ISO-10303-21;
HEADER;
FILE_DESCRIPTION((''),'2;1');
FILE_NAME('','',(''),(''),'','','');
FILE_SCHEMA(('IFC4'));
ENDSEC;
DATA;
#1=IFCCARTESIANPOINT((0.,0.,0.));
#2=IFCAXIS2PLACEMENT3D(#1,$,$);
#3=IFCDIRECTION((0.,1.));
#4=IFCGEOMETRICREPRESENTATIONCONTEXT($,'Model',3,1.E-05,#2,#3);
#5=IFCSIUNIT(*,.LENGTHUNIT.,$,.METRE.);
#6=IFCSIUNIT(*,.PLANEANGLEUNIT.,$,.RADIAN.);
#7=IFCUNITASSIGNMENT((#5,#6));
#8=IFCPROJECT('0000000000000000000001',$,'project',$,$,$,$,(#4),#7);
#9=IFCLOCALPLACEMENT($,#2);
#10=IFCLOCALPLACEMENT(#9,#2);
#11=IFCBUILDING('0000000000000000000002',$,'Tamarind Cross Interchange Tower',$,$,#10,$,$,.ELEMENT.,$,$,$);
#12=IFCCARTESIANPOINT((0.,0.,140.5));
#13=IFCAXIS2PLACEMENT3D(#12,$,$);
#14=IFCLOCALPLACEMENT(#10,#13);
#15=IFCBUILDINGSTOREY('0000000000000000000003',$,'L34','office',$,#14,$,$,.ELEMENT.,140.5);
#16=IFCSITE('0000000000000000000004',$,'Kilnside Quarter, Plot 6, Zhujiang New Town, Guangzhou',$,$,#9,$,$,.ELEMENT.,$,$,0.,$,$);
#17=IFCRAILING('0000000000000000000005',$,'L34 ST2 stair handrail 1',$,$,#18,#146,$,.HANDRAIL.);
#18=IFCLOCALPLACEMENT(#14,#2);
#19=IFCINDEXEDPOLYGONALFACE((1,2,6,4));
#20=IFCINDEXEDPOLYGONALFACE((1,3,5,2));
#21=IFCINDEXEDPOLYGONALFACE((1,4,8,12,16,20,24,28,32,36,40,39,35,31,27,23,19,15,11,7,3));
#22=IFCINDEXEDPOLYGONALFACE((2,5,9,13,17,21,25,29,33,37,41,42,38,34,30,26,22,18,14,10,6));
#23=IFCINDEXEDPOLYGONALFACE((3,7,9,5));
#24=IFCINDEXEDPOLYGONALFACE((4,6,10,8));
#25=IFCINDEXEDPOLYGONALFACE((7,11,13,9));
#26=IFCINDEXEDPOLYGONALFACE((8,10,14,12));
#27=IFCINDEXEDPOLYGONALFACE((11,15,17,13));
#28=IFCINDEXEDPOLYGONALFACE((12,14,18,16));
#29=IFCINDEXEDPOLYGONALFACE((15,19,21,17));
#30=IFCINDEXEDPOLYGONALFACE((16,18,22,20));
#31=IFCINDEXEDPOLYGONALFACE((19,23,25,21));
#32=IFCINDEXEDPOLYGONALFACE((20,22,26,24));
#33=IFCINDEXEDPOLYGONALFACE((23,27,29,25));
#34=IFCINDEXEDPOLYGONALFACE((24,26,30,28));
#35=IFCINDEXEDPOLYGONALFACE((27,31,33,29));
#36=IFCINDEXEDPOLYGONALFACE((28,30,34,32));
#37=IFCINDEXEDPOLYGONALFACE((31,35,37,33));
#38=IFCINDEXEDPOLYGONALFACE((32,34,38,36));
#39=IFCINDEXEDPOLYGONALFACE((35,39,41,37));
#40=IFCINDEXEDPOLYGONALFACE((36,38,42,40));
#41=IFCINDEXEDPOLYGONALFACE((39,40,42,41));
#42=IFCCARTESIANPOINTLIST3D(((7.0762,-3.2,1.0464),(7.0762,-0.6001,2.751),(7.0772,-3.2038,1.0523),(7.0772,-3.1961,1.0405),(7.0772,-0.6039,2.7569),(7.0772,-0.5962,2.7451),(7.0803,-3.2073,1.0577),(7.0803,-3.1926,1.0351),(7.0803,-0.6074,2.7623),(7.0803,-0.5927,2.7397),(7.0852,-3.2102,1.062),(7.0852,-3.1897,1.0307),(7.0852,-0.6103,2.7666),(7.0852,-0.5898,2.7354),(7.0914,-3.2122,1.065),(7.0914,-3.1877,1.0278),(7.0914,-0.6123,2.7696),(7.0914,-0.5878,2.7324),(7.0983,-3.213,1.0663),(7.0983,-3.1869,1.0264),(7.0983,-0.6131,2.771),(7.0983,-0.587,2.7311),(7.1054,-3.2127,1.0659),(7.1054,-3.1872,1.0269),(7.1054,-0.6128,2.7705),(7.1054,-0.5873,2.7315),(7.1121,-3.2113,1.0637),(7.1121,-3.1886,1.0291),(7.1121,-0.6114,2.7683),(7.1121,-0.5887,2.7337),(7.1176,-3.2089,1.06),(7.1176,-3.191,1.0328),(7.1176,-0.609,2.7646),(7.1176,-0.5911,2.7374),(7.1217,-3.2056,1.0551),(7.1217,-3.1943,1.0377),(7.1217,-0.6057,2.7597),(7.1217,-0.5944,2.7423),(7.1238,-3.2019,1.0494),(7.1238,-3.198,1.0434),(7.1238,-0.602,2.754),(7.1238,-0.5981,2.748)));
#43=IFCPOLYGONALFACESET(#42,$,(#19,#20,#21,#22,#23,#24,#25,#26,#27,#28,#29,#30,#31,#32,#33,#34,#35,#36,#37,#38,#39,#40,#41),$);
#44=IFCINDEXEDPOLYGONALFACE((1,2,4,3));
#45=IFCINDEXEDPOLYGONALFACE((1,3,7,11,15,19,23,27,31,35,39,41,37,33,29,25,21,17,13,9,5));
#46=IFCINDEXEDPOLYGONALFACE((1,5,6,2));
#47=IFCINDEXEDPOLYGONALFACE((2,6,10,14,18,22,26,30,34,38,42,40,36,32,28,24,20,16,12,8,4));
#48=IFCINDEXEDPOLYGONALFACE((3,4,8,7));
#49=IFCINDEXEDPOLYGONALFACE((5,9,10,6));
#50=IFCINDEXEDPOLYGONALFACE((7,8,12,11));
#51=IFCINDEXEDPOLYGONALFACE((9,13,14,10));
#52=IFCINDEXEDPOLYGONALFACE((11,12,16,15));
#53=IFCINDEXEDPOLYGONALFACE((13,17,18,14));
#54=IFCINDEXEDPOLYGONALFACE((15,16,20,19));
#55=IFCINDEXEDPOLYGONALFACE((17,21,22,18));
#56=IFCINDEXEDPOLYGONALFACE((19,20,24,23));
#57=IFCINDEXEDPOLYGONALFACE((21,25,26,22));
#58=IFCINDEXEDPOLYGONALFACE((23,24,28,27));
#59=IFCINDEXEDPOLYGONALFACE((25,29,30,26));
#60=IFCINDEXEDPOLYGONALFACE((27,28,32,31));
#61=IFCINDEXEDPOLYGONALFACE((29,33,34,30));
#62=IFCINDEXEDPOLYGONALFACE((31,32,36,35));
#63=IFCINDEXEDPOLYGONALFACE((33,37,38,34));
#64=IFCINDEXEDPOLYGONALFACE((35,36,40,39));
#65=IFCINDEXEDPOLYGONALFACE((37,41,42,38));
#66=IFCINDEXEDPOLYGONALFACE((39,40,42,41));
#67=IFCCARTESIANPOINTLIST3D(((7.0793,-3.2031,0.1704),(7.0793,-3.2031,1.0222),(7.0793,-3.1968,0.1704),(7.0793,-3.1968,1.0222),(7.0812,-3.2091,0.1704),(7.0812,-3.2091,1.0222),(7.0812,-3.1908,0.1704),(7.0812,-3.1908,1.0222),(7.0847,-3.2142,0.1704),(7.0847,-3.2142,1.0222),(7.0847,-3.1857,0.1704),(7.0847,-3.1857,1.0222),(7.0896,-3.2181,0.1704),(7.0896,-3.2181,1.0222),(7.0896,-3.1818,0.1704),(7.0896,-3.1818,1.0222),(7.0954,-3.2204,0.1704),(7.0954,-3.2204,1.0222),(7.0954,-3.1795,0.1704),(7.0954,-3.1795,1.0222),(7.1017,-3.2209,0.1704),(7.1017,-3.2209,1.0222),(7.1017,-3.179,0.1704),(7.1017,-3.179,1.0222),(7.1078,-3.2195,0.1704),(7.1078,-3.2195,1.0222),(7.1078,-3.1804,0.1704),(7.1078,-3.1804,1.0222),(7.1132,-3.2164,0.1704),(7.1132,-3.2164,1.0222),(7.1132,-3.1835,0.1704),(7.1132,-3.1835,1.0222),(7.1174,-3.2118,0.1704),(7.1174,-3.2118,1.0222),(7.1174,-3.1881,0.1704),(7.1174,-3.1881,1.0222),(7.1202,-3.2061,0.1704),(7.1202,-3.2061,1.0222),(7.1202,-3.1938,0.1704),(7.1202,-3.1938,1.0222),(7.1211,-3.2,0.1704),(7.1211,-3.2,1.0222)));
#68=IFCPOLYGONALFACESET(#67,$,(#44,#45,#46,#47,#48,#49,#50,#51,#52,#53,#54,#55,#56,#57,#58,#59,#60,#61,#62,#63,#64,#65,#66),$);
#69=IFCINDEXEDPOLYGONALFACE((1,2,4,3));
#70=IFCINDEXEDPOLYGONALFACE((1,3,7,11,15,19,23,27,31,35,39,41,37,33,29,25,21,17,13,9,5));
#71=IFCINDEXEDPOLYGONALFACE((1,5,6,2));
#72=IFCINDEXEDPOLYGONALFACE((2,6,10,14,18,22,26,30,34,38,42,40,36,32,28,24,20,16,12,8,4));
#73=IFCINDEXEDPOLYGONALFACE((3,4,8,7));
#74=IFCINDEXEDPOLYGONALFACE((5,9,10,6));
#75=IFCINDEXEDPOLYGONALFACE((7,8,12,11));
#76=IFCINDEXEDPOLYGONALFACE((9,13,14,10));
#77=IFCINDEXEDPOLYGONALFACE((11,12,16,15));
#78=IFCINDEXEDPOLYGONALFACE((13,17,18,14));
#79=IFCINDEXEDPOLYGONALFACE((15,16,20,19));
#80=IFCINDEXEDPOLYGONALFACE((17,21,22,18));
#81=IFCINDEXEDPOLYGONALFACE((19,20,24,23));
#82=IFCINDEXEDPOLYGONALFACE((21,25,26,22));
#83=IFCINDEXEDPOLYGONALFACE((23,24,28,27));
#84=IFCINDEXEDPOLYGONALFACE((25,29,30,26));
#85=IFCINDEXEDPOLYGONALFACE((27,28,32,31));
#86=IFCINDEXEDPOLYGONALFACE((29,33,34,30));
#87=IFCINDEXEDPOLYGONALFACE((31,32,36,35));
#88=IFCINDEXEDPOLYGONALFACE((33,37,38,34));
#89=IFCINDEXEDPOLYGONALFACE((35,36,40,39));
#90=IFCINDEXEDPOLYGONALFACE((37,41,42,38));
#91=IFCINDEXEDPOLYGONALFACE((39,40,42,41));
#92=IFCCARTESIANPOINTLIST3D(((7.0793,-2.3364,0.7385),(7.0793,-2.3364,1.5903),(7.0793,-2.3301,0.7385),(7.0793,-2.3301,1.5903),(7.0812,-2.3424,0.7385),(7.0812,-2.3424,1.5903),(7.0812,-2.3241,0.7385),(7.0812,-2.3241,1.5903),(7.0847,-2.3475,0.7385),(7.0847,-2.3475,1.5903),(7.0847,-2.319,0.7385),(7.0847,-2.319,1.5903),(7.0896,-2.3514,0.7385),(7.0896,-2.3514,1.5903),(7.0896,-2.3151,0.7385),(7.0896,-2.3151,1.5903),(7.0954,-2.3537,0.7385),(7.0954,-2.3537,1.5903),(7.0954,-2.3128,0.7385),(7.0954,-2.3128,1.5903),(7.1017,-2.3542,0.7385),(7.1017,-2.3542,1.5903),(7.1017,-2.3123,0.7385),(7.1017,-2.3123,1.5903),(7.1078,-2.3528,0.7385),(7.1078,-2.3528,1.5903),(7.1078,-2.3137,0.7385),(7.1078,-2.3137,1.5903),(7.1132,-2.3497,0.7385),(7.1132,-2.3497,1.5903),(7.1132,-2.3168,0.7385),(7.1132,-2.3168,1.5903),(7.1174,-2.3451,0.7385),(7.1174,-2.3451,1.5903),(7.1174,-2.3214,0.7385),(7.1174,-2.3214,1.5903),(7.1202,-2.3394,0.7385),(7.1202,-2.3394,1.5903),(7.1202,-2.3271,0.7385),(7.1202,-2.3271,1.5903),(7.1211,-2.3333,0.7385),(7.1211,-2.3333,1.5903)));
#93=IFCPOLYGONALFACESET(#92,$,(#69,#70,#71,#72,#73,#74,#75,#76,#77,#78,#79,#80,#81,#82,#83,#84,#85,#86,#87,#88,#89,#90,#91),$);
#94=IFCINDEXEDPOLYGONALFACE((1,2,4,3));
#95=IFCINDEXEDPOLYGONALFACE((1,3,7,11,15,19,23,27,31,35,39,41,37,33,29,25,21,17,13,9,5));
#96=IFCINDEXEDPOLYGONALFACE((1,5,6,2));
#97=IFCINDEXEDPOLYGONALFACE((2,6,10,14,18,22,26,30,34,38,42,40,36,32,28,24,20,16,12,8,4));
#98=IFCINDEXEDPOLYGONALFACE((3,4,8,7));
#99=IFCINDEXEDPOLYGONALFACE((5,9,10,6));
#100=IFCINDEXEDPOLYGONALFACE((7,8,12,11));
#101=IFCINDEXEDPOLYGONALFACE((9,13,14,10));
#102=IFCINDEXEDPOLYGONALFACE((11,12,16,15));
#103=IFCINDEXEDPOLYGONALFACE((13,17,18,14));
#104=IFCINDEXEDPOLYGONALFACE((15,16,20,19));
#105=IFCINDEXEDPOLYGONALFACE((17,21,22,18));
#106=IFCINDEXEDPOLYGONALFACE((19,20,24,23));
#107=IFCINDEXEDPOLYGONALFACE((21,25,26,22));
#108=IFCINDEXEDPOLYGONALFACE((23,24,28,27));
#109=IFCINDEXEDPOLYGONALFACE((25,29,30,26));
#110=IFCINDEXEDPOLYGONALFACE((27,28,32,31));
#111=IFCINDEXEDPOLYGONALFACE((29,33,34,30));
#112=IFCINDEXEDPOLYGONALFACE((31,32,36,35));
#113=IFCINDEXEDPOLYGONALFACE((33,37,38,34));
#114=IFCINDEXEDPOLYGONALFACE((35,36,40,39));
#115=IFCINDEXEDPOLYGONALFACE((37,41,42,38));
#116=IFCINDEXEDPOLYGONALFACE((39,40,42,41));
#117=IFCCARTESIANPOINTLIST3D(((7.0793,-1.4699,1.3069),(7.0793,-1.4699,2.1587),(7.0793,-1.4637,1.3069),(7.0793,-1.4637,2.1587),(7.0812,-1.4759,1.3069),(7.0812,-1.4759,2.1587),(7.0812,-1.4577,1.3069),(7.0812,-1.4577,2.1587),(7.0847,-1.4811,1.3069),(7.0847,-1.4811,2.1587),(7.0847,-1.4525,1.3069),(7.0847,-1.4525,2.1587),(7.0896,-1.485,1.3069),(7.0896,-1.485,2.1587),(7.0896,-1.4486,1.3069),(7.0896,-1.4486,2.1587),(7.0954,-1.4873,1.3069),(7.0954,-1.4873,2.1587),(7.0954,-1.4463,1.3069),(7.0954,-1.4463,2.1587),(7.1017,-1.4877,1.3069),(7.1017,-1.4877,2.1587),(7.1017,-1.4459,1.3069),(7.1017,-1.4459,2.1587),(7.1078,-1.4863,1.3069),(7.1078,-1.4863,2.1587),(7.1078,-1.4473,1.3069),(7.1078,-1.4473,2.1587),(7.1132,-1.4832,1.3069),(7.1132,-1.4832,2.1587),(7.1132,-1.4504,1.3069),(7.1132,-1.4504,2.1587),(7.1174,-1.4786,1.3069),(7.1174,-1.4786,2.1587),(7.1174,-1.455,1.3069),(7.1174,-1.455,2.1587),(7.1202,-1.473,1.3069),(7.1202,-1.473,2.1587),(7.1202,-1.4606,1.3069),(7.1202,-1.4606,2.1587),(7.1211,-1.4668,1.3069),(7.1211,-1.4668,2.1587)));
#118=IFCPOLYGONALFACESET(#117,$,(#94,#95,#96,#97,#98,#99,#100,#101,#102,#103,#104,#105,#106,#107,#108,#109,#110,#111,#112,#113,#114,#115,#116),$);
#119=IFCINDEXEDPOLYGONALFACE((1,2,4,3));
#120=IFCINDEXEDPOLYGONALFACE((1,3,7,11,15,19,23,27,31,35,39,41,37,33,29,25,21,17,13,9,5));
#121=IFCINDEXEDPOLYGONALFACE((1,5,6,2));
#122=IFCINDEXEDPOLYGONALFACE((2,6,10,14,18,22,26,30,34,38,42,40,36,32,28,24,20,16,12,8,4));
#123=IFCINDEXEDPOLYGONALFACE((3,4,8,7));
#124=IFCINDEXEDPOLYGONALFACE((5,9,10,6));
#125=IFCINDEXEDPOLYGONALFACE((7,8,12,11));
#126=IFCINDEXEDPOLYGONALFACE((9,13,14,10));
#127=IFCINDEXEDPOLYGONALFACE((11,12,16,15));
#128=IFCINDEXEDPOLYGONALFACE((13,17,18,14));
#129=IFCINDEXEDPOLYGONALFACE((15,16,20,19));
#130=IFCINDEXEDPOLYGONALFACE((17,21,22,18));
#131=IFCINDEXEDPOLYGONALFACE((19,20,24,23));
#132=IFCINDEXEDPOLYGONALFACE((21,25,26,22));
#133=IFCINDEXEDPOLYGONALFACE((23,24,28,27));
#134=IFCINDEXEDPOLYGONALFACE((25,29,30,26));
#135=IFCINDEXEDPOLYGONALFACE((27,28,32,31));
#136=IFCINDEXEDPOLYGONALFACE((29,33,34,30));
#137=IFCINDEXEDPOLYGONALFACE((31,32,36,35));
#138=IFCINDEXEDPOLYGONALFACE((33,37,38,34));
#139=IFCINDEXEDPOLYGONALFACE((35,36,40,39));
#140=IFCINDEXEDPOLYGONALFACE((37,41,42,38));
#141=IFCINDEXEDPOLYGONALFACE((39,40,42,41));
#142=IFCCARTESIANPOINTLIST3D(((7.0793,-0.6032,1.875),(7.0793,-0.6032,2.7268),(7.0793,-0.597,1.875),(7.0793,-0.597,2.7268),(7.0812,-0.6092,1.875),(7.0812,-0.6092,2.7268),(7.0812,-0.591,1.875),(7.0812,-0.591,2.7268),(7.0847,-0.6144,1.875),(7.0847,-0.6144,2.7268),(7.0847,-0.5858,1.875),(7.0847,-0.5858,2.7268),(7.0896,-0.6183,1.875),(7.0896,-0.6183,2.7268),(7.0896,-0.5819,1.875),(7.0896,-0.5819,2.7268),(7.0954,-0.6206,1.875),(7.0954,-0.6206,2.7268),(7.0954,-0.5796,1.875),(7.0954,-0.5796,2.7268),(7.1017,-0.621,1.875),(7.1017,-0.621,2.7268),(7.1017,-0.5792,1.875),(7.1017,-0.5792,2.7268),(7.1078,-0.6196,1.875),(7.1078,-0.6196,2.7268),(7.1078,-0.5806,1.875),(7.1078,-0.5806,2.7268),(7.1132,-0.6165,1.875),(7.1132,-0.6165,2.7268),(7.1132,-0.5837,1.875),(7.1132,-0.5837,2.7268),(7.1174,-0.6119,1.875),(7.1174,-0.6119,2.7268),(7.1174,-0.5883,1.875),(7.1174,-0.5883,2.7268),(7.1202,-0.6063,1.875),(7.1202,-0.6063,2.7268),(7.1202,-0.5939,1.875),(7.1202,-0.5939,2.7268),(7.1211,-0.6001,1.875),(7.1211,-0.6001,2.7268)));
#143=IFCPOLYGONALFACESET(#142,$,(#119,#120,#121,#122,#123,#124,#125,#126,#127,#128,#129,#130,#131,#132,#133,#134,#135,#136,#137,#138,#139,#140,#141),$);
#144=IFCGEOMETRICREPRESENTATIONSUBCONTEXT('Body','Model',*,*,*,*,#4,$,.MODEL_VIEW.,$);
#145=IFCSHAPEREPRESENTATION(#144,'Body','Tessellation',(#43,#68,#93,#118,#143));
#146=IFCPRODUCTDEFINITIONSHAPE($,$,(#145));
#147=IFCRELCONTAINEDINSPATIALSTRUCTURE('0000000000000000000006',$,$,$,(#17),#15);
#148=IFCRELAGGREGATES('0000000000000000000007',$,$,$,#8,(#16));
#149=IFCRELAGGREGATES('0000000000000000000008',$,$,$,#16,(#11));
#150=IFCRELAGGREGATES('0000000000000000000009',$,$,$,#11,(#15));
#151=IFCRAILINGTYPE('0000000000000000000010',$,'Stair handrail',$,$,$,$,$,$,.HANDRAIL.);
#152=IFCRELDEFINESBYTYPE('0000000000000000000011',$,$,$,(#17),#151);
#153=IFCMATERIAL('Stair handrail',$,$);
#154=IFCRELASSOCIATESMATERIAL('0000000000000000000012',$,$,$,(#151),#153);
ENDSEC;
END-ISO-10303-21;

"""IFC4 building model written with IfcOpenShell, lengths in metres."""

from ifc_helpers import new_model, si_unit, direction, frame, origin, origin_2d, place, context, subcontext, project, spatial, circle, extrude, material, type_object, element, save


model = new_model("IFC4")

# Units and contexts
model_context = context("Model", 3, precision=1e-05, world=origin(), true_north=direction((0.0, 1.0)))
body_context = subcontext(model_context, "Body", "Model", "MODEL_VIEW")
ifc_project = project(units=[si_unit("LENGTHUNIT", "METRE"), si_unit("PLANEANGLEUNIT", "RADIAN")], contexts=[model_context])

# Site, building, storey
site_placement = place(None, origin())
site = spatial("IfcSite", under=ifc_project, at=site_placement, Name="Kilnside Quarter, Plot 6, Zhujiang New Town, Guangzhou", CompositionType="ELEMENT", RefElevation=0.0)
building_placement = place(site_placement, origin())
building = spatial("IfcBuilding", under=site, at=building_placement, Name="Tamarind Cross Interchange Tower", CompositionType="ELEMENT")
storey_placement = place(building_placement, frame((0.0, 0.0, 140.5)))
storey = spatial("IfcBuildingStorey", under=building, at=storey_placement, Name="L34", Description="office", CompositionType="ELEMENT", Elevation=140.5)

# Railing
ifc_material_1 = material(Name="Stair handrail")
railing_type_1 = type_object("IfcRailingType", Name="Stair handrail", PredefinedType="HANDRAIL", material=ifc_material_1)
railing_1_placement = place(storey_placement, frame((7.1001, -3.2, 0.1704)))
element("IfcRailing", 1, at=railing_1_placement, inside=storey, type_object=railing_type_1, Name="L34 ST2 stair handrail 1", PredefinedType="HANDRAIL", context=body_context, shape_type="SweptSolid", body=[
    extrude(circle(Radius=0.0239, at=origin_2d()), frame((0.0, 0.0, 0.876), z_axis=(0.0, 0.836279, 0.548305), x_axis=(-1.0, 0.0, 0.0)), (0.0, 0.0, 1.0), 3.1089),
    extrude(circle(Radius=0.021, at=origin_2d()), origin(), (0.0, 0.0, 1.0), 0.8518),
    extrude(circle(Radius=0.021, at=origin_2d()), frame((0.0, 0.8667, 0.5681)), (0.0, 0.0, 1.0), 0.8518),
    extrude(circle(Radius=0.021, at=origin_2d()), frame((0.0, 1.7332, 1.1365)), (0.0, 0.0, 1.0), 0.8518),
    extrude(circle(Radius=0.021, at=origin_2d()), frame((0.0, 2.5999, 1.7046)), (0.0, 0.0, 1.0), 0.8518),
])

save(model, "model.ifc")
